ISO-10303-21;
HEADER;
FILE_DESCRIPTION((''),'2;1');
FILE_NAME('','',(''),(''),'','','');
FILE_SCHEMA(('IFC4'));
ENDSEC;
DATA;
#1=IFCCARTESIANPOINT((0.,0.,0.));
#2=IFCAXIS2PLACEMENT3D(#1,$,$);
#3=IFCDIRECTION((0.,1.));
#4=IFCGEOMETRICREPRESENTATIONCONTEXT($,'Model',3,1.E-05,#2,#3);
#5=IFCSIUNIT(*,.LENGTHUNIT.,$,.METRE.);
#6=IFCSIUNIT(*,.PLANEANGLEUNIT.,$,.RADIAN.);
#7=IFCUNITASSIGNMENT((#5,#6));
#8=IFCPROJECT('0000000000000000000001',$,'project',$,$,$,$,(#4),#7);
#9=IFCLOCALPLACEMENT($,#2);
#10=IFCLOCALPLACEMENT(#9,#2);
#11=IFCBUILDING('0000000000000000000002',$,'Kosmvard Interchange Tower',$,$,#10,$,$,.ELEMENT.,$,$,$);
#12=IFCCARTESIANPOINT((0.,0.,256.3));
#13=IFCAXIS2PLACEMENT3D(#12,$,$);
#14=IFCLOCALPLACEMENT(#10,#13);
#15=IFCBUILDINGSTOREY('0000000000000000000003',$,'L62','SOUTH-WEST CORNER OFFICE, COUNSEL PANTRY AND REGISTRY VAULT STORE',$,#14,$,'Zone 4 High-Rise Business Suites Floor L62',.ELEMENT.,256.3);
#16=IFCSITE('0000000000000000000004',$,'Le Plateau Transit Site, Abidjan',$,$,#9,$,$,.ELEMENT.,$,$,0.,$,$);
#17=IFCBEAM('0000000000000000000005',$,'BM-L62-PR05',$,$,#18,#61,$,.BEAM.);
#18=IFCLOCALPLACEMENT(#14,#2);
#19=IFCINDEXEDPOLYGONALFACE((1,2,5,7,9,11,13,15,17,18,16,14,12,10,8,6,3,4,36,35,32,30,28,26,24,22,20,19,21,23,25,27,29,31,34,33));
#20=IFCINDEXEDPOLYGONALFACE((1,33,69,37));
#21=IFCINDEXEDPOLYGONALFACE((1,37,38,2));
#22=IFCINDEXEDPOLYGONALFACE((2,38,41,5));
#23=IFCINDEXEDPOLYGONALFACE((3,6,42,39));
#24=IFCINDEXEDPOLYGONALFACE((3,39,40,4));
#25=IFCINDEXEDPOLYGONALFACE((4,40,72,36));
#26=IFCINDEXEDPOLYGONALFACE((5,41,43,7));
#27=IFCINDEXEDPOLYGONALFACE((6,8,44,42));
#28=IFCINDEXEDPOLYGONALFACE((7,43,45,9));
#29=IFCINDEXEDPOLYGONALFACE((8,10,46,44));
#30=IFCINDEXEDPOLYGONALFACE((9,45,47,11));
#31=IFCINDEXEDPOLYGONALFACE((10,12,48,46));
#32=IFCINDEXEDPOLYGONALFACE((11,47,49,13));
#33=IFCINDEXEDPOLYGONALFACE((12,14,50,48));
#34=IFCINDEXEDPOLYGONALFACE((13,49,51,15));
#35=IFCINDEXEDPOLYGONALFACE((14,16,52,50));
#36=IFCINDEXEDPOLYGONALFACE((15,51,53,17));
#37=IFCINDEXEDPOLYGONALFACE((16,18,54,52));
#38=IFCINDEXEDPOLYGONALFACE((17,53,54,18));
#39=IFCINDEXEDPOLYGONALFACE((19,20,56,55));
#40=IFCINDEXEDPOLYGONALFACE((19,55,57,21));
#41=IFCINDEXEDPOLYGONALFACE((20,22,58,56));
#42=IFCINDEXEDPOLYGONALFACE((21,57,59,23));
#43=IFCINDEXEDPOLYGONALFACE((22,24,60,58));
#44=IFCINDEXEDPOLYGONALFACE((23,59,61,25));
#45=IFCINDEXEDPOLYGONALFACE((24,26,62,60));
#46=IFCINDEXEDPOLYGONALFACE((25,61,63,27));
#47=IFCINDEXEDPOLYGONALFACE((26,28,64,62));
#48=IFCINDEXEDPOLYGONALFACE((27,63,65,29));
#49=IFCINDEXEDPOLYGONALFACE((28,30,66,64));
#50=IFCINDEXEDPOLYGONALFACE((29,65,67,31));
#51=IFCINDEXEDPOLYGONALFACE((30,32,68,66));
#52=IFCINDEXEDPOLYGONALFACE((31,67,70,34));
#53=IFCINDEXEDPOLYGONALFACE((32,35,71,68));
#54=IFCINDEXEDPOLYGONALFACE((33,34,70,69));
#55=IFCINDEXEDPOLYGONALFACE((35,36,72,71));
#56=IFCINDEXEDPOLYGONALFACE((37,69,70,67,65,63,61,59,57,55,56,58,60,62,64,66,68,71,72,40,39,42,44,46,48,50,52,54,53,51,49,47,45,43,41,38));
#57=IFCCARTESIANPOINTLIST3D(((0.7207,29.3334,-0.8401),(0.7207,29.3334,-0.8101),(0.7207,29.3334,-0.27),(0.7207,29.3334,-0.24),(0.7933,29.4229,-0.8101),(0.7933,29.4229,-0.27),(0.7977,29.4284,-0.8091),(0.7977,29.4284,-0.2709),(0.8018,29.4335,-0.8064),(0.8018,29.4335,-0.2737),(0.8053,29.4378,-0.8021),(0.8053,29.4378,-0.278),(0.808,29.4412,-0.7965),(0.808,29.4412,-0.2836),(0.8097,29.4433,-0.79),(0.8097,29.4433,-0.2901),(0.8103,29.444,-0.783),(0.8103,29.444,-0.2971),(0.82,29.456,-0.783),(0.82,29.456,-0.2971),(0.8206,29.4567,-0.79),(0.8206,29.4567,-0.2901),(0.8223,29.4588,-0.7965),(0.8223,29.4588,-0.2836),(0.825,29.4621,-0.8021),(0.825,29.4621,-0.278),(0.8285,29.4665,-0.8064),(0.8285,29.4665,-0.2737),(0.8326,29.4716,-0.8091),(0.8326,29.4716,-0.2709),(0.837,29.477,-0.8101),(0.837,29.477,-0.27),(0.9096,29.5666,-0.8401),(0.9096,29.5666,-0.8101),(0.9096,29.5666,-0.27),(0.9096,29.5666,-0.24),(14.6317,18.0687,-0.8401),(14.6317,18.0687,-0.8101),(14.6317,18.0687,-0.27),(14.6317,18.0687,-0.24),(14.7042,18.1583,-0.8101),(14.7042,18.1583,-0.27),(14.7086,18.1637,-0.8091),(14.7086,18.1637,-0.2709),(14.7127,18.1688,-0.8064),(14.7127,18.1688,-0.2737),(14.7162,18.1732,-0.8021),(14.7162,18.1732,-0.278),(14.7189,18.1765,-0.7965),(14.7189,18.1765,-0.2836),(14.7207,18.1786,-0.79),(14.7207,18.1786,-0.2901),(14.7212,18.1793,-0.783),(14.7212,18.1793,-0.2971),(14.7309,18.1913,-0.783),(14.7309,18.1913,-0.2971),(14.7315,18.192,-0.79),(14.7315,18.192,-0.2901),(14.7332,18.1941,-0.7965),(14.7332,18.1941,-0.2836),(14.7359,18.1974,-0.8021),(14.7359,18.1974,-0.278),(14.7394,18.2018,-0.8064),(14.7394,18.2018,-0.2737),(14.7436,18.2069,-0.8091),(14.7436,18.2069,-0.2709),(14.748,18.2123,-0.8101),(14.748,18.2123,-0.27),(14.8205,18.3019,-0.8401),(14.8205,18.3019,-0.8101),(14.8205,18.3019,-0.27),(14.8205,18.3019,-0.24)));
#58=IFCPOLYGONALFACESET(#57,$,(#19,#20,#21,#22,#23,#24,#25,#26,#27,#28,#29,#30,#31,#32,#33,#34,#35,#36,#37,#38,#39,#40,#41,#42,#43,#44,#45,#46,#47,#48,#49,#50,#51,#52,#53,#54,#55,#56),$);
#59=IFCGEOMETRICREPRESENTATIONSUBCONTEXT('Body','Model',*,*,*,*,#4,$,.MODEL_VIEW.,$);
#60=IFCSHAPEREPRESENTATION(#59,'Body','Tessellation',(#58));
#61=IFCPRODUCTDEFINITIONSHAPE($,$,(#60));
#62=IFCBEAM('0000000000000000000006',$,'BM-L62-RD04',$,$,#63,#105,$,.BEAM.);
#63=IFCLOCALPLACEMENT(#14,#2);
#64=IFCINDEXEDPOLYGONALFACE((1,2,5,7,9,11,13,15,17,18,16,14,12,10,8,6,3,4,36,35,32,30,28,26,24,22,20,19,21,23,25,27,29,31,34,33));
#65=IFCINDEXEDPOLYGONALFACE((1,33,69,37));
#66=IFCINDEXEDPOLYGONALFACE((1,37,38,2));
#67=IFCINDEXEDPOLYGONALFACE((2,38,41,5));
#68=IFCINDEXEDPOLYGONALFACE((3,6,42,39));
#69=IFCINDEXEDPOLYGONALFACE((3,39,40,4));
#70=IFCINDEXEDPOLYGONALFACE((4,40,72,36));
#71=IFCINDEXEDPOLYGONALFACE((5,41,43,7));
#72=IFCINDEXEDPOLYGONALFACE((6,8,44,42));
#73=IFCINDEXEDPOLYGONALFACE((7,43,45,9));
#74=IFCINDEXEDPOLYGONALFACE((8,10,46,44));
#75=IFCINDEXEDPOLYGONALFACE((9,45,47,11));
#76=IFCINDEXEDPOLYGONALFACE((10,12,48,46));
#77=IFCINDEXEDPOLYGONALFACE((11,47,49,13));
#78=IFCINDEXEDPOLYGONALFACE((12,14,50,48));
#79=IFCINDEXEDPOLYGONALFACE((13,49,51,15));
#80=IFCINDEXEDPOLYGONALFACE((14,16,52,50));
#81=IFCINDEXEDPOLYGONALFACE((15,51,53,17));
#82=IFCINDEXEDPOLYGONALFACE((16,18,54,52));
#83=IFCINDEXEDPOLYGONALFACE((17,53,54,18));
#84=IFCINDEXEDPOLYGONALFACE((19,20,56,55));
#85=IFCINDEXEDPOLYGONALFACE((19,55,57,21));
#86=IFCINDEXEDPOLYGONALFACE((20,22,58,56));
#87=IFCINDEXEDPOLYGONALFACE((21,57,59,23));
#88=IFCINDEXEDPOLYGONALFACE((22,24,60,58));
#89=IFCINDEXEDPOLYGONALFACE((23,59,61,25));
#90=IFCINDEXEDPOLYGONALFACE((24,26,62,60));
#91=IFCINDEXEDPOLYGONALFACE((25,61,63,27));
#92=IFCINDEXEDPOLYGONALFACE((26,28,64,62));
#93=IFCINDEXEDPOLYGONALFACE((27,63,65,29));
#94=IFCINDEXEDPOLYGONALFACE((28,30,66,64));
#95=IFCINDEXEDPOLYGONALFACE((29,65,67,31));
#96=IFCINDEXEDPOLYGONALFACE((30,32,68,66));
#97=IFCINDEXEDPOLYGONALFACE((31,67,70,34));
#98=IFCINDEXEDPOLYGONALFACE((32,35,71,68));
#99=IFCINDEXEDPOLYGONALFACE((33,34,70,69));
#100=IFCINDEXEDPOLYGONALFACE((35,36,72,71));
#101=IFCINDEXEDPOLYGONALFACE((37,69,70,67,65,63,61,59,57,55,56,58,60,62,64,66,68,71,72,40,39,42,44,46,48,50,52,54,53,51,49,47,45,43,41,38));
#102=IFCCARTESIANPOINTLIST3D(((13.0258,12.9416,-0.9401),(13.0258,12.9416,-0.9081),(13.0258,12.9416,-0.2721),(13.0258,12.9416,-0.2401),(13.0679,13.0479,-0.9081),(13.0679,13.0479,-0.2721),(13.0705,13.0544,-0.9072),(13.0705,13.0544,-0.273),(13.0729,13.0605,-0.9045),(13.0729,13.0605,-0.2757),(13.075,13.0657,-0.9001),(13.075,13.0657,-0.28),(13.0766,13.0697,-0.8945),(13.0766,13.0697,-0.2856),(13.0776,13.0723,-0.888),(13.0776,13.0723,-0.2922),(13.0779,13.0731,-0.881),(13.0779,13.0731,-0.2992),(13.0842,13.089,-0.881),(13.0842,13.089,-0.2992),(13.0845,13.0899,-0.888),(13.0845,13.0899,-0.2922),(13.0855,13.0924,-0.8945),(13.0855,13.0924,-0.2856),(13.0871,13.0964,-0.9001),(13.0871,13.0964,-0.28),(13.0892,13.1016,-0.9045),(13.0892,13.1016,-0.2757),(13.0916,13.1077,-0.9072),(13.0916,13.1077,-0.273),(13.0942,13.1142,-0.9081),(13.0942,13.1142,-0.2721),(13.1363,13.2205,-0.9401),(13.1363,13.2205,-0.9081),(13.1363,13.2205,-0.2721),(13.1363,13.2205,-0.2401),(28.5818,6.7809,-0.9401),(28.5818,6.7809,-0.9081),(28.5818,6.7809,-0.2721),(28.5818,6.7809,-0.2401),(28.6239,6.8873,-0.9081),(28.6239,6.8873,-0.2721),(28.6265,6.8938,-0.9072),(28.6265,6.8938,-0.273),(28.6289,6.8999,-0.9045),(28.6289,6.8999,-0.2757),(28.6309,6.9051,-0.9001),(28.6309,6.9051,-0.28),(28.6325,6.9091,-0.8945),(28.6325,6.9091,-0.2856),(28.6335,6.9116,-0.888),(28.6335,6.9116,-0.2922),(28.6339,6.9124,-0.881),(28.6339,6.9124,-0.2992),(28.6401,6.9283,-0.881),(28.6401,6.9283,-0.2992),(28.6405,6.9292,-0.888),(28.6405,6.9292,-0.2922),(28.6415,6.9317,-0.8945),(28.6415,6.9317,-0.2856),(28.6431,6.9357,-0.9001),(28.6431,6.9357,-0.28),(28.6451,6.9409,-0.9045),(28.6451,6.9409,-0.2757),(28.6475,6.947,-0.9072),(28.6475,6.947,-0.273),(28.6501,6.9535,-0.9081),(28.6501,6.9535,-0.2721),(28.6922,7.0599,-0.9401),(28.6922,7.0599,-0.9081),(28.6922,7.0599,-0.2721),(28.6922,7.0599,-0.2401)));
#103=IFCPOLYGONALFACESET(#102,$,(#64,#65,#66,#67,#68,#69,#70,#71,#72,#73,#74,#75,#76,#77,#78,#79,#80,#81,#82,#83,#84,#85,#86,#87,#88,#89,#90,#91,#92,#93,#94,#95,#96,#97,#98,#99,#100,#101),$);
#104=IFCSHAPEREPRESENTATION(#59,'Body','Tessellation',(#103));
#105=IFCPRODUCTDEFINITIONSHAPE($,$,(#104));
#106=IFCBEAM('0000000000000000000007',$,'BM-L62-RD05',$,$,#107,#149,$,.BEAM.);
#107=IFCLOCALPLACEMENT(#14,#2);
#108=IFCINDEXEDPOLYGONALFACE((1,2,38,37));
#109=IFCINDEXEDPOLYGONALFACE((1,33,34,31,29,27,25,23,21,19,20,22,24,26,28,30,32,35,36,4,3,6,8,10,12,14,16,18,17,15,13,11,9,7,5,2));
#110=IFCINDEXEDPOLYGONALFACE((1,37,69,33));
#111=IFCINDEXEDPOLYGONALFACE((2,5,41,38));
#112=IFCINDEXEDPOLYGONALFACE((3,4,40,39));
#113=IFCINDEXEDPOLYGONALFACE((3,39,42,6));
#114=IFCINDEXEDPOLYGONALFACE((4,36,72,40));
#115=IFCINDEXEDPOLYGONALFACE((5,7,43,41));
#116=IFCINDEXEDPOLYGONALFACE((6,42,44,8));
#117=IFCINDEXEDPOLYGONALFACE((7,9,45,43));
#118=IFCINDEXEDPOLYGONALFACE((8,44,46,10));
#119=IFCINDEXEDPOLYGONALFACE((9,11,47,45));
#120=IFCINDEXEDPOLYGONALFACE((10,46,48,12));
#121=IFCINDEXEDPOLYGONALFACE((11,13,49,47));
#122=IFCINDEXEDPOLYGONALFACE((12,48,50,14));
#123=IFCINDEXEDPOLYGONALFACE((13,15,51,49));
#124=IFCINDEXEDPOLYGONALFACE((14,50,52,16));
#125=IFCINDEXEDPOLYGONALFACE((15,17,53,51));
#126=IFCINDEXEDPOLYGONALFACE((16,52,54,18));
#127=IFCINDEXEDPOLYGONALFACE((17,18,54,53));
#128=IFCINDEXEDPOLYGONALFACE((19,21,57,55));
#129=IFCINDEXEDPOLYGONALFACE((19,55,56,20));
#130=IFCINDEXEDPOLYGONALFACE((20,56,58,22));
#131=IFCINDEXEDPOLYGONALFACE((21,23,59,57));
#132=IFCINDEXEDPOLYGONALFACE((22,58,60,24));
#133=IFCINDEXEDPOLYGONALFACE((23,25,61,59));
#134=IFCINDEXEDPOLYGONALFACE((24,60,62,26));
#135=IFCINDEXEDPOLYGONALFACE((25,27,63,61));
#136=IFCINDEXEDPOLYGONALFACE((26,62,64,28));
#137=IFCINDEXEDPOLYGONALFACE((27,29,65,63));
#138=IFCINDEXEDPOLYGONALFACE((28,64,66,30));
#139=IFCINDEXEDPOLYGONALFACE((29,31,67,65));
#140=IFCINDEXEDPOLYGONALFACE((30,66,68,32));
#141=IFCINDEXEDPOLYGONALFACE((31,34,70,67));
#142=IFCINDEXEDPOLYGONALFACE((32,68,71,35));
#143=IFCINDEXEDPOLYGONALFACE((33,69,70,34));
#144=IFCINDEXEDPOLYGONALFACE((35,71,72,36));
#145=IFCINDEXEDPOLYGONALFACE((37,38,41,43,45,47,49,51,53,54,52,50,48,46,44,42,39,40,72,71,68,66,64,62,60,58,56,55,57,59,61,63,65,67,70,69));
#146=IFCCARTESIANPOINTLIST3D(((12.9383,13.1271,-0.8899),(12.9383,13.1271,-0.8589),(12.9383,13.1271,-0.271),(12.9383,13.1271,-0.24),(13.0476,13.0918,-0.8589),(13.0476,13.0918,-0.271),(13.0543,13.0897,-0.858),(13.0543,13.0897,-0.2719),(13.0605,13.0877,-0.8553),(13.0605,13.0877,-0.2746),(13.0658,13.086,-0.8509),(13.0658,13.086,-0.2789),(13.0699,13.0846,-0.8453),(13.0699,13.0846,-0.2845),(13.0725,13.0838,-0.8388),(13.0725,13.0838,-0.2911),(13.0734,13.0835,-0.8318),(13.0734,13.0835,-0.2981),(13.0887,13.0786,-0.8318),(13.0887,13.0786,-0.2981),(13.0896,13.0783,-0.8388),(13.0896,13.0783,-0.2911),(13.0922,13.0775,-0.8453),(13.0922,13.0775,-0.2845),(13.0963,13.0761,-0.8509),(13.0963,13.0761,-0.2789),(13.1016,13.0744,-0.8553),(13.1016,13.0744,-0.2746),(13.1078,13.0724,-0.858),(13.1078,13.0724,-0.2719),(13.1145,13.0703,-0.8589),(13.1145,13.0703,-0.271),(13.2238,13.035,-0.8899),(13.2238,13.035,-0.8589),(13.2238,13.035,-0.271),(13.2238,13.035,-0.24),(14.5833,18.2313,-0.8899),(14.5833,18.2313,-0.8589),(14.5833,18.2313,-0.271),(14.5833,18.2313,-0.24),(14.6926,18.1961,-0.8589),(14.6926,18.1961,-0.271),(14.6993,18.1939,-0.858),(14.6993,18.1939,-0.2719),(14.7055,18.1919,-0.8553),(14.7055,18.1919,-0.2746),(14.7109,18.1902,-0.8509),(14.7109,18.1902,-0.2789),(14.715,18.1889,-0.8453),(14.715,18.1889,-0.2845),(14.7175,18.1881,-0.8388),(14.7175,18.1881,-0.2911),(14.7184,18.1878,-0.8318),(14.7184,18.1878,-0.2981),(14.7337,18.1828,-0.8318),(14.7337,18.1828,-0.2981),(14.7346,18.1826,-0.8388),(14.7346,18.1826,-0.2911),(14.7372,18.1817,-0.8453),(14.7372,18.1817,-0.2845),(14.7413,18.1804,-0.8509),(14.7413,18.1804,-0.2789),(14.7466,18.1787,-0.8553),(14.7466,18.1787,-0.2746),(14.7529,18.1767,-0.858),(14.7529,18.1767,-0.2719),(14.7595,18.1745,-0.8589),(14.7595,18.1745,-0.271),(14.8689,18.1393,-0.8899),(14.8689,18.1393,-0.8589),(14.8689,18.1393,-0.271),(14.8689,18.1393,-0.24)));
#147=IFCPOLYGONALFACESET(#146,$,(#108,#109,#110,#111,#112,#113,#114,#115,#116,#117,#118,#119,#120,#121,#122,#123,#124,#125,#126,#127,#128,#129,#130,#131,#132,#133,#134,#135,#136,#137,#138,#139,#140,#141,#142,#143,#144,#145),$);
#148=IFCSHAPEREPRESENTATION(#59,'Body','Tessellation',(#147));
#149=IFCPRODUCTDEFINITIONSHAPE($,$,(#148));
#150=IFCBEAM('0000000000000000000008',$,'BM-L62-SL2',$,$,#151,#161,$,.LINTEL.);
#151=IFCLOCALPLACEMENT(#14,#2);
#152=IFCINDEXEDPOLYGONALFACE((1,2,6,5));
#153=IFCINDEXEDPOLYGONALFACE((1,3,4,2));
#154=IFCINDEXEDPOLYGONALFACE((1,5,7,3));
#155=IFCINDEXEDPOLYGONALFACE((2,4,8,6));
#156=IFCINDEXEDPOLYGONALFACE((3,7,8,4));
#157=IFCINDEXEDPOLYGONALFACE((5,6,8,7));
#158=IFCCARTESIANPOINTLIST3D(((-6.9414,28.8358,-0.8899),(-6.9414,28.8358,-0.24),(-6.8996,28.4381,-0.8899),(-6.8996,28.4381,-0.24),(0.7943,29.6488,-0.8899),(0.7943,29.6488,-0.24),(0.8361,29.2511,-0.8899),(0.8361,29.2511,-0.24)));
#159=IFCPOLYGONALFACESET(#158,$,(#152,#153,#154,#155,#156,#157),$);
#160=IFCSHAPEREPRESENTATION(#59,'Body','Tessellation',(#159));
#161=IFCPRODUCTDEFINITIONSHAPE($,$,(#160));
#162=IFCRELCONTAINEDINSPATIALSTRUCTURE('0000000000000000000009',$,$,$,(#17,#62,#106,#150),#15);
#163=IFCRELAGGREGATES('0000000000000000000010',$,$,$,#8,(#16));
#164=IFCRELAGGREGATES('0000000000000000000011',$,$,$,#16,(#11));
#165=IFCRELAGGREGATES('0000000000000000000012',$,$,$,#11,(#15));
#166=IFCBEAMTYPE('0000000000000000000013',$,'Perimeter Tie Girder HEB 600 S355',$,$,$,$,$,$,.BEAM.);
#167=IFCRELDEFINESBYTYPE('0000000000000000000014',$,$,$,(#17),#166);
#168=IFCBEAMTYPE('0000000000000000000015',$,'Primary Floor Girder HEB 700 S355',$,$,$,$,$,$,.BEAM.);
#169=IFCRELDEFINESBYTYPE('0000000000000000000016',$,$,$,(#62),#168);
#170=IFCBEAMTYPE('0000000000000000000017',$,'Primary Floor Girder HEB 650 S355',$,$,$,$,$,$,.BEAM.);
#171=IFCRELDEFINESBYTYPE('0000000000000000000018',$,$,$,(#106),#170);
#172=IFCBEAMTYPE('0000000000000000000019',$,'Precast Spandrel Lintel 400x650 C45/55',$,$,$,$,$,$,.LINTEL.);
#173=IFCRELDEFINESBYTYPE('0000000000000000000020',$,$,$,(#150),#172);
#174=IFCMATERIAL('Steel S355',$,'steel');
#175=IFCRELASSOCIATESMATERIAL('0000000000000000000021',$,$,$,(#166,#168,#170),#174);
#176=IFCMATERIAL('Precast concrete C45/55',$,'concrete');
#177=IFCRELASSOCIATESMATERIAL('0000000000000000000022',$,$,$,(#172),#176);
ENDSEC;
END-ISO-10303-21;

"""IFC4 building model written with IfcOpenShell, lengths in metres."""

from ifc_helpers import new_model, si_unit, direction, frame, origin, origin_2d, place, context, subcontext, project, spatial, rectangle, i_section, extrude, source, transform, mapped, material, material_profile, profile_set, type_object, element, save


model = new_model("IFC4")

# Units and contexts
model_context = context("Model", 3, precision=1e-05, world=origin(), true_north=direction((0.0, 1.0)))
body_context = subcontext(model_context, "Body", "Model", "MODEL_VIEW")
ifc_project = project(units=[si_unit("LENGTHUNIT", "METRE"), si_unit("PLANEANGLEUNIT", "RADIAN")], contexts=[model_context])

# Site, building, storey
site_placement = place(None, origin())
site = spatial("IfcSite", under=ifc_project, at=site_placement, Name="Le Plateau Transit Site, Abidjan", CompositionType="ELEMENT", RefElevation=0.0)
building_placement = place(site_placement, origin())
building = spatial("IfcBuilding", under=site, at=building_placement, Name="Kosmvard Interchange Tower", CompositionType="ELEMENT")
storey_placement = place(building_placement, frame((0.0, 0.0, 256.3)))
storey = spatial("IfcBuildingStorey", under=building, at=storey_placement, Name="L62", Description="SOUTH-WEST CORNER OFFICE, COUNSEL PANTRY AND REGISTRY VAULT STORE", LongName="Zone 4 High-Rise Business Suites Floor L62", CompositionType="ELEMENT", Elevation=256.3)

# Beams
ifc_material_1 = material(Name="Steel S355", Category="steel")
ifc_material_profile_1 = material_profile(ifc_material_1, i_section(OverallWidth=0.3, OverallDepth=0.6001, WebThickness=0.0154, FlangeThickness=0.03, FilletRadius=0.0271, at=origin_2d()), Name="HEB 600")
ifc_profile_set_1 = profile_set([ifc_material_profile_1], Name="Steel S355")
beam_type_1 = type_object("IfcBeamType", Name="Perimeter Tie Girder HEB 600 S355", PredefinedType="BEAM", material=ifc_profile_set_1)
shared_shape_1 = source(origin(), body_context, "Body", "SweptSolid", [
    extrude(i_section(OverallWidth=0.3, OverallDepth=0.6001, WebThickness=0.0154, FlangeThickness=0.03, FilletRadius=0.0271, at=origin_2d()), origin(), (0.0, 0.0, 1.0), 17.8999),
])
beam_1_placement = place(storey_placement, frame((14.7261, 18.1853, -0.54), z_axis=(-0.777151, 0.629315, 0.0), x_axis=(-0.629315, -0.777151, 0.0)))
element("IfcBeam", 1, at=beam_1_placement, inside=storey, type_object=beam_type_1, Name="BM-L62-PR05", PredefinedType="BEAM", context=body_context, shape_type="MappedRepresentation", body=[
    mapped(shared_shape_1, transform((0.0, 0.0, 0.0), scale=1.0)),
])
ifc_material_profile_2 = material_profile(ifc_material_1, i_section(OverallWidth=0.3, OverallDepth=0.7, WebThickness=0.0171, FlangeThickness=0.032, FilletRadius=0.0271, at=origin_2d()), Name="HEB 700")
ifc_profile_set_2 = profile_set([ifc_material_profile_2], Name="Steel S355")
beam_type_2 = type_object("IfcBeamType", Name="Primary Floor Girder HEB 700 S355", PredefinedType="BEAM", material=ifc_profile_set_2)
shared_shape_2 = source(origin(), body_context, "Body", "SweptSolid", [
    extrude(i_section(OverallWidth=0.3, OverallDepth=0.7, WebThickness=0.0171, FlangeThickness=0.032, FilletRadius=0.0271, at=origin_2d()), origin(), (0.0, 0.0, 1.0), 16.7314),
])
beam_2_placement = place(storey_placement, frame((13.0811, 13.0811, -0.5901), z_axis=(0.929743, -0.368209, 0.0), x_axis=(0.368209, 0.929743, 0.0)))
element("IfcBeam", 2, at=beam_2_placement, inside=storey, type_object=beam_type_2, Name="BM-L62-RD04", PredefinedType="BEAM", context=body_context, shape_type="MappedRepresentation", body=[
    mapped(shared_shape_2, transform((0.0, 0.0, 0.0), scale=1.0)),
])
ifc_material_profile_3 = material_profile(ifc_material_1, i_section(OverallWidth=0.3, OverallDepth=0.6499, WebThickness=0.0161, FlangeThickness=0.031, FilletRadius=0.0271, at=origin_2d()), Name="HEB 650")
ifc_profile_set_3 = profile_set([ifc_material_profile_3], Name="Steel S355")
beam_type_3 = type_object("IfcBeamType", Name="Primary Floor Girder HEB 650 S355", PredefinedType="BEAM", material=ifc_profile_set_3)
shared_shape_3 = source(origin(), body_context, "Body", "SweptSolid", [
    extrude(i_section(OverallWidth=0.3, OverallDepth=0.6499, WebThickness=0.0161, FlangeThickness=0.031, FilletRadius=0.0271, at=origin_2d()), origin(), (0.0, 0.0, 1.0), 5.3628),
])
beam_3_placement = place(storey_placement, frame((13.0811, 13.0811, -0.5649), z_axis=(0.306747, 0.951791, 0.0), x_axis=(-0.951791, 0.306747, 0.0)))
element("IfcBeam", 3, at=beam_3_placement, inside=storey, type_object=beam_type_3, Name="BM-L62-RD05", PredefinedType="BEAM", context=body_context, shape_type="MappedRepresentation", body=[
    mapped(shared_shape_3, transform((0.0, 0.0, 0.0), scale=1.0)),
])
ifc_material_2 = material(Name="Precast concrete C45/55", Category="concrete")
ifc_material_profile_4 = material_profile(ifc_material_2, rectangle(XDim=0.3999, YDim=0.6499, at=origin_2d()), Name="SL 400x650")
ifc_profile_set_4 = profile_set([ifc_material_profile_4], Name="Precast concrete C45/55")
beam_type_4 = type_object("IfcBeamType", Name="Precast Spandrel Lintel 400x650 C45/55", PredefinedType="LINTEL", material=ifc_profile_set_4)
shared_shape_4 = source(origin(), body_context, "Body", "SweptSolid", [
    extrude(rectangle(XDim=0.3999, YDim=0.6499, at=origin_2d()), origin(), (0.0, 0.0, 1.0), 7.7783),
])
beam_4_placement = place(storey_placement, frame((0.8152, 29.45, -0.5649), z_axis=(-0.994523, -0.104521, 0.0), x_axis=(0.104521, -0.994523, 0.0)))
element("IfcBeam", 4, at=beam_4_placement, inside=storey, type_object=beam_type_4, Name="BM-L62-SL2", PredefinedType="LINTEL", context=body_context, shape_type="MappedRepresentation", body=[
    mapped(shared_shape_4, transform((0.0, 0.0, 0.0), scale=1.0)),
])

save(model, "model.ifc")
